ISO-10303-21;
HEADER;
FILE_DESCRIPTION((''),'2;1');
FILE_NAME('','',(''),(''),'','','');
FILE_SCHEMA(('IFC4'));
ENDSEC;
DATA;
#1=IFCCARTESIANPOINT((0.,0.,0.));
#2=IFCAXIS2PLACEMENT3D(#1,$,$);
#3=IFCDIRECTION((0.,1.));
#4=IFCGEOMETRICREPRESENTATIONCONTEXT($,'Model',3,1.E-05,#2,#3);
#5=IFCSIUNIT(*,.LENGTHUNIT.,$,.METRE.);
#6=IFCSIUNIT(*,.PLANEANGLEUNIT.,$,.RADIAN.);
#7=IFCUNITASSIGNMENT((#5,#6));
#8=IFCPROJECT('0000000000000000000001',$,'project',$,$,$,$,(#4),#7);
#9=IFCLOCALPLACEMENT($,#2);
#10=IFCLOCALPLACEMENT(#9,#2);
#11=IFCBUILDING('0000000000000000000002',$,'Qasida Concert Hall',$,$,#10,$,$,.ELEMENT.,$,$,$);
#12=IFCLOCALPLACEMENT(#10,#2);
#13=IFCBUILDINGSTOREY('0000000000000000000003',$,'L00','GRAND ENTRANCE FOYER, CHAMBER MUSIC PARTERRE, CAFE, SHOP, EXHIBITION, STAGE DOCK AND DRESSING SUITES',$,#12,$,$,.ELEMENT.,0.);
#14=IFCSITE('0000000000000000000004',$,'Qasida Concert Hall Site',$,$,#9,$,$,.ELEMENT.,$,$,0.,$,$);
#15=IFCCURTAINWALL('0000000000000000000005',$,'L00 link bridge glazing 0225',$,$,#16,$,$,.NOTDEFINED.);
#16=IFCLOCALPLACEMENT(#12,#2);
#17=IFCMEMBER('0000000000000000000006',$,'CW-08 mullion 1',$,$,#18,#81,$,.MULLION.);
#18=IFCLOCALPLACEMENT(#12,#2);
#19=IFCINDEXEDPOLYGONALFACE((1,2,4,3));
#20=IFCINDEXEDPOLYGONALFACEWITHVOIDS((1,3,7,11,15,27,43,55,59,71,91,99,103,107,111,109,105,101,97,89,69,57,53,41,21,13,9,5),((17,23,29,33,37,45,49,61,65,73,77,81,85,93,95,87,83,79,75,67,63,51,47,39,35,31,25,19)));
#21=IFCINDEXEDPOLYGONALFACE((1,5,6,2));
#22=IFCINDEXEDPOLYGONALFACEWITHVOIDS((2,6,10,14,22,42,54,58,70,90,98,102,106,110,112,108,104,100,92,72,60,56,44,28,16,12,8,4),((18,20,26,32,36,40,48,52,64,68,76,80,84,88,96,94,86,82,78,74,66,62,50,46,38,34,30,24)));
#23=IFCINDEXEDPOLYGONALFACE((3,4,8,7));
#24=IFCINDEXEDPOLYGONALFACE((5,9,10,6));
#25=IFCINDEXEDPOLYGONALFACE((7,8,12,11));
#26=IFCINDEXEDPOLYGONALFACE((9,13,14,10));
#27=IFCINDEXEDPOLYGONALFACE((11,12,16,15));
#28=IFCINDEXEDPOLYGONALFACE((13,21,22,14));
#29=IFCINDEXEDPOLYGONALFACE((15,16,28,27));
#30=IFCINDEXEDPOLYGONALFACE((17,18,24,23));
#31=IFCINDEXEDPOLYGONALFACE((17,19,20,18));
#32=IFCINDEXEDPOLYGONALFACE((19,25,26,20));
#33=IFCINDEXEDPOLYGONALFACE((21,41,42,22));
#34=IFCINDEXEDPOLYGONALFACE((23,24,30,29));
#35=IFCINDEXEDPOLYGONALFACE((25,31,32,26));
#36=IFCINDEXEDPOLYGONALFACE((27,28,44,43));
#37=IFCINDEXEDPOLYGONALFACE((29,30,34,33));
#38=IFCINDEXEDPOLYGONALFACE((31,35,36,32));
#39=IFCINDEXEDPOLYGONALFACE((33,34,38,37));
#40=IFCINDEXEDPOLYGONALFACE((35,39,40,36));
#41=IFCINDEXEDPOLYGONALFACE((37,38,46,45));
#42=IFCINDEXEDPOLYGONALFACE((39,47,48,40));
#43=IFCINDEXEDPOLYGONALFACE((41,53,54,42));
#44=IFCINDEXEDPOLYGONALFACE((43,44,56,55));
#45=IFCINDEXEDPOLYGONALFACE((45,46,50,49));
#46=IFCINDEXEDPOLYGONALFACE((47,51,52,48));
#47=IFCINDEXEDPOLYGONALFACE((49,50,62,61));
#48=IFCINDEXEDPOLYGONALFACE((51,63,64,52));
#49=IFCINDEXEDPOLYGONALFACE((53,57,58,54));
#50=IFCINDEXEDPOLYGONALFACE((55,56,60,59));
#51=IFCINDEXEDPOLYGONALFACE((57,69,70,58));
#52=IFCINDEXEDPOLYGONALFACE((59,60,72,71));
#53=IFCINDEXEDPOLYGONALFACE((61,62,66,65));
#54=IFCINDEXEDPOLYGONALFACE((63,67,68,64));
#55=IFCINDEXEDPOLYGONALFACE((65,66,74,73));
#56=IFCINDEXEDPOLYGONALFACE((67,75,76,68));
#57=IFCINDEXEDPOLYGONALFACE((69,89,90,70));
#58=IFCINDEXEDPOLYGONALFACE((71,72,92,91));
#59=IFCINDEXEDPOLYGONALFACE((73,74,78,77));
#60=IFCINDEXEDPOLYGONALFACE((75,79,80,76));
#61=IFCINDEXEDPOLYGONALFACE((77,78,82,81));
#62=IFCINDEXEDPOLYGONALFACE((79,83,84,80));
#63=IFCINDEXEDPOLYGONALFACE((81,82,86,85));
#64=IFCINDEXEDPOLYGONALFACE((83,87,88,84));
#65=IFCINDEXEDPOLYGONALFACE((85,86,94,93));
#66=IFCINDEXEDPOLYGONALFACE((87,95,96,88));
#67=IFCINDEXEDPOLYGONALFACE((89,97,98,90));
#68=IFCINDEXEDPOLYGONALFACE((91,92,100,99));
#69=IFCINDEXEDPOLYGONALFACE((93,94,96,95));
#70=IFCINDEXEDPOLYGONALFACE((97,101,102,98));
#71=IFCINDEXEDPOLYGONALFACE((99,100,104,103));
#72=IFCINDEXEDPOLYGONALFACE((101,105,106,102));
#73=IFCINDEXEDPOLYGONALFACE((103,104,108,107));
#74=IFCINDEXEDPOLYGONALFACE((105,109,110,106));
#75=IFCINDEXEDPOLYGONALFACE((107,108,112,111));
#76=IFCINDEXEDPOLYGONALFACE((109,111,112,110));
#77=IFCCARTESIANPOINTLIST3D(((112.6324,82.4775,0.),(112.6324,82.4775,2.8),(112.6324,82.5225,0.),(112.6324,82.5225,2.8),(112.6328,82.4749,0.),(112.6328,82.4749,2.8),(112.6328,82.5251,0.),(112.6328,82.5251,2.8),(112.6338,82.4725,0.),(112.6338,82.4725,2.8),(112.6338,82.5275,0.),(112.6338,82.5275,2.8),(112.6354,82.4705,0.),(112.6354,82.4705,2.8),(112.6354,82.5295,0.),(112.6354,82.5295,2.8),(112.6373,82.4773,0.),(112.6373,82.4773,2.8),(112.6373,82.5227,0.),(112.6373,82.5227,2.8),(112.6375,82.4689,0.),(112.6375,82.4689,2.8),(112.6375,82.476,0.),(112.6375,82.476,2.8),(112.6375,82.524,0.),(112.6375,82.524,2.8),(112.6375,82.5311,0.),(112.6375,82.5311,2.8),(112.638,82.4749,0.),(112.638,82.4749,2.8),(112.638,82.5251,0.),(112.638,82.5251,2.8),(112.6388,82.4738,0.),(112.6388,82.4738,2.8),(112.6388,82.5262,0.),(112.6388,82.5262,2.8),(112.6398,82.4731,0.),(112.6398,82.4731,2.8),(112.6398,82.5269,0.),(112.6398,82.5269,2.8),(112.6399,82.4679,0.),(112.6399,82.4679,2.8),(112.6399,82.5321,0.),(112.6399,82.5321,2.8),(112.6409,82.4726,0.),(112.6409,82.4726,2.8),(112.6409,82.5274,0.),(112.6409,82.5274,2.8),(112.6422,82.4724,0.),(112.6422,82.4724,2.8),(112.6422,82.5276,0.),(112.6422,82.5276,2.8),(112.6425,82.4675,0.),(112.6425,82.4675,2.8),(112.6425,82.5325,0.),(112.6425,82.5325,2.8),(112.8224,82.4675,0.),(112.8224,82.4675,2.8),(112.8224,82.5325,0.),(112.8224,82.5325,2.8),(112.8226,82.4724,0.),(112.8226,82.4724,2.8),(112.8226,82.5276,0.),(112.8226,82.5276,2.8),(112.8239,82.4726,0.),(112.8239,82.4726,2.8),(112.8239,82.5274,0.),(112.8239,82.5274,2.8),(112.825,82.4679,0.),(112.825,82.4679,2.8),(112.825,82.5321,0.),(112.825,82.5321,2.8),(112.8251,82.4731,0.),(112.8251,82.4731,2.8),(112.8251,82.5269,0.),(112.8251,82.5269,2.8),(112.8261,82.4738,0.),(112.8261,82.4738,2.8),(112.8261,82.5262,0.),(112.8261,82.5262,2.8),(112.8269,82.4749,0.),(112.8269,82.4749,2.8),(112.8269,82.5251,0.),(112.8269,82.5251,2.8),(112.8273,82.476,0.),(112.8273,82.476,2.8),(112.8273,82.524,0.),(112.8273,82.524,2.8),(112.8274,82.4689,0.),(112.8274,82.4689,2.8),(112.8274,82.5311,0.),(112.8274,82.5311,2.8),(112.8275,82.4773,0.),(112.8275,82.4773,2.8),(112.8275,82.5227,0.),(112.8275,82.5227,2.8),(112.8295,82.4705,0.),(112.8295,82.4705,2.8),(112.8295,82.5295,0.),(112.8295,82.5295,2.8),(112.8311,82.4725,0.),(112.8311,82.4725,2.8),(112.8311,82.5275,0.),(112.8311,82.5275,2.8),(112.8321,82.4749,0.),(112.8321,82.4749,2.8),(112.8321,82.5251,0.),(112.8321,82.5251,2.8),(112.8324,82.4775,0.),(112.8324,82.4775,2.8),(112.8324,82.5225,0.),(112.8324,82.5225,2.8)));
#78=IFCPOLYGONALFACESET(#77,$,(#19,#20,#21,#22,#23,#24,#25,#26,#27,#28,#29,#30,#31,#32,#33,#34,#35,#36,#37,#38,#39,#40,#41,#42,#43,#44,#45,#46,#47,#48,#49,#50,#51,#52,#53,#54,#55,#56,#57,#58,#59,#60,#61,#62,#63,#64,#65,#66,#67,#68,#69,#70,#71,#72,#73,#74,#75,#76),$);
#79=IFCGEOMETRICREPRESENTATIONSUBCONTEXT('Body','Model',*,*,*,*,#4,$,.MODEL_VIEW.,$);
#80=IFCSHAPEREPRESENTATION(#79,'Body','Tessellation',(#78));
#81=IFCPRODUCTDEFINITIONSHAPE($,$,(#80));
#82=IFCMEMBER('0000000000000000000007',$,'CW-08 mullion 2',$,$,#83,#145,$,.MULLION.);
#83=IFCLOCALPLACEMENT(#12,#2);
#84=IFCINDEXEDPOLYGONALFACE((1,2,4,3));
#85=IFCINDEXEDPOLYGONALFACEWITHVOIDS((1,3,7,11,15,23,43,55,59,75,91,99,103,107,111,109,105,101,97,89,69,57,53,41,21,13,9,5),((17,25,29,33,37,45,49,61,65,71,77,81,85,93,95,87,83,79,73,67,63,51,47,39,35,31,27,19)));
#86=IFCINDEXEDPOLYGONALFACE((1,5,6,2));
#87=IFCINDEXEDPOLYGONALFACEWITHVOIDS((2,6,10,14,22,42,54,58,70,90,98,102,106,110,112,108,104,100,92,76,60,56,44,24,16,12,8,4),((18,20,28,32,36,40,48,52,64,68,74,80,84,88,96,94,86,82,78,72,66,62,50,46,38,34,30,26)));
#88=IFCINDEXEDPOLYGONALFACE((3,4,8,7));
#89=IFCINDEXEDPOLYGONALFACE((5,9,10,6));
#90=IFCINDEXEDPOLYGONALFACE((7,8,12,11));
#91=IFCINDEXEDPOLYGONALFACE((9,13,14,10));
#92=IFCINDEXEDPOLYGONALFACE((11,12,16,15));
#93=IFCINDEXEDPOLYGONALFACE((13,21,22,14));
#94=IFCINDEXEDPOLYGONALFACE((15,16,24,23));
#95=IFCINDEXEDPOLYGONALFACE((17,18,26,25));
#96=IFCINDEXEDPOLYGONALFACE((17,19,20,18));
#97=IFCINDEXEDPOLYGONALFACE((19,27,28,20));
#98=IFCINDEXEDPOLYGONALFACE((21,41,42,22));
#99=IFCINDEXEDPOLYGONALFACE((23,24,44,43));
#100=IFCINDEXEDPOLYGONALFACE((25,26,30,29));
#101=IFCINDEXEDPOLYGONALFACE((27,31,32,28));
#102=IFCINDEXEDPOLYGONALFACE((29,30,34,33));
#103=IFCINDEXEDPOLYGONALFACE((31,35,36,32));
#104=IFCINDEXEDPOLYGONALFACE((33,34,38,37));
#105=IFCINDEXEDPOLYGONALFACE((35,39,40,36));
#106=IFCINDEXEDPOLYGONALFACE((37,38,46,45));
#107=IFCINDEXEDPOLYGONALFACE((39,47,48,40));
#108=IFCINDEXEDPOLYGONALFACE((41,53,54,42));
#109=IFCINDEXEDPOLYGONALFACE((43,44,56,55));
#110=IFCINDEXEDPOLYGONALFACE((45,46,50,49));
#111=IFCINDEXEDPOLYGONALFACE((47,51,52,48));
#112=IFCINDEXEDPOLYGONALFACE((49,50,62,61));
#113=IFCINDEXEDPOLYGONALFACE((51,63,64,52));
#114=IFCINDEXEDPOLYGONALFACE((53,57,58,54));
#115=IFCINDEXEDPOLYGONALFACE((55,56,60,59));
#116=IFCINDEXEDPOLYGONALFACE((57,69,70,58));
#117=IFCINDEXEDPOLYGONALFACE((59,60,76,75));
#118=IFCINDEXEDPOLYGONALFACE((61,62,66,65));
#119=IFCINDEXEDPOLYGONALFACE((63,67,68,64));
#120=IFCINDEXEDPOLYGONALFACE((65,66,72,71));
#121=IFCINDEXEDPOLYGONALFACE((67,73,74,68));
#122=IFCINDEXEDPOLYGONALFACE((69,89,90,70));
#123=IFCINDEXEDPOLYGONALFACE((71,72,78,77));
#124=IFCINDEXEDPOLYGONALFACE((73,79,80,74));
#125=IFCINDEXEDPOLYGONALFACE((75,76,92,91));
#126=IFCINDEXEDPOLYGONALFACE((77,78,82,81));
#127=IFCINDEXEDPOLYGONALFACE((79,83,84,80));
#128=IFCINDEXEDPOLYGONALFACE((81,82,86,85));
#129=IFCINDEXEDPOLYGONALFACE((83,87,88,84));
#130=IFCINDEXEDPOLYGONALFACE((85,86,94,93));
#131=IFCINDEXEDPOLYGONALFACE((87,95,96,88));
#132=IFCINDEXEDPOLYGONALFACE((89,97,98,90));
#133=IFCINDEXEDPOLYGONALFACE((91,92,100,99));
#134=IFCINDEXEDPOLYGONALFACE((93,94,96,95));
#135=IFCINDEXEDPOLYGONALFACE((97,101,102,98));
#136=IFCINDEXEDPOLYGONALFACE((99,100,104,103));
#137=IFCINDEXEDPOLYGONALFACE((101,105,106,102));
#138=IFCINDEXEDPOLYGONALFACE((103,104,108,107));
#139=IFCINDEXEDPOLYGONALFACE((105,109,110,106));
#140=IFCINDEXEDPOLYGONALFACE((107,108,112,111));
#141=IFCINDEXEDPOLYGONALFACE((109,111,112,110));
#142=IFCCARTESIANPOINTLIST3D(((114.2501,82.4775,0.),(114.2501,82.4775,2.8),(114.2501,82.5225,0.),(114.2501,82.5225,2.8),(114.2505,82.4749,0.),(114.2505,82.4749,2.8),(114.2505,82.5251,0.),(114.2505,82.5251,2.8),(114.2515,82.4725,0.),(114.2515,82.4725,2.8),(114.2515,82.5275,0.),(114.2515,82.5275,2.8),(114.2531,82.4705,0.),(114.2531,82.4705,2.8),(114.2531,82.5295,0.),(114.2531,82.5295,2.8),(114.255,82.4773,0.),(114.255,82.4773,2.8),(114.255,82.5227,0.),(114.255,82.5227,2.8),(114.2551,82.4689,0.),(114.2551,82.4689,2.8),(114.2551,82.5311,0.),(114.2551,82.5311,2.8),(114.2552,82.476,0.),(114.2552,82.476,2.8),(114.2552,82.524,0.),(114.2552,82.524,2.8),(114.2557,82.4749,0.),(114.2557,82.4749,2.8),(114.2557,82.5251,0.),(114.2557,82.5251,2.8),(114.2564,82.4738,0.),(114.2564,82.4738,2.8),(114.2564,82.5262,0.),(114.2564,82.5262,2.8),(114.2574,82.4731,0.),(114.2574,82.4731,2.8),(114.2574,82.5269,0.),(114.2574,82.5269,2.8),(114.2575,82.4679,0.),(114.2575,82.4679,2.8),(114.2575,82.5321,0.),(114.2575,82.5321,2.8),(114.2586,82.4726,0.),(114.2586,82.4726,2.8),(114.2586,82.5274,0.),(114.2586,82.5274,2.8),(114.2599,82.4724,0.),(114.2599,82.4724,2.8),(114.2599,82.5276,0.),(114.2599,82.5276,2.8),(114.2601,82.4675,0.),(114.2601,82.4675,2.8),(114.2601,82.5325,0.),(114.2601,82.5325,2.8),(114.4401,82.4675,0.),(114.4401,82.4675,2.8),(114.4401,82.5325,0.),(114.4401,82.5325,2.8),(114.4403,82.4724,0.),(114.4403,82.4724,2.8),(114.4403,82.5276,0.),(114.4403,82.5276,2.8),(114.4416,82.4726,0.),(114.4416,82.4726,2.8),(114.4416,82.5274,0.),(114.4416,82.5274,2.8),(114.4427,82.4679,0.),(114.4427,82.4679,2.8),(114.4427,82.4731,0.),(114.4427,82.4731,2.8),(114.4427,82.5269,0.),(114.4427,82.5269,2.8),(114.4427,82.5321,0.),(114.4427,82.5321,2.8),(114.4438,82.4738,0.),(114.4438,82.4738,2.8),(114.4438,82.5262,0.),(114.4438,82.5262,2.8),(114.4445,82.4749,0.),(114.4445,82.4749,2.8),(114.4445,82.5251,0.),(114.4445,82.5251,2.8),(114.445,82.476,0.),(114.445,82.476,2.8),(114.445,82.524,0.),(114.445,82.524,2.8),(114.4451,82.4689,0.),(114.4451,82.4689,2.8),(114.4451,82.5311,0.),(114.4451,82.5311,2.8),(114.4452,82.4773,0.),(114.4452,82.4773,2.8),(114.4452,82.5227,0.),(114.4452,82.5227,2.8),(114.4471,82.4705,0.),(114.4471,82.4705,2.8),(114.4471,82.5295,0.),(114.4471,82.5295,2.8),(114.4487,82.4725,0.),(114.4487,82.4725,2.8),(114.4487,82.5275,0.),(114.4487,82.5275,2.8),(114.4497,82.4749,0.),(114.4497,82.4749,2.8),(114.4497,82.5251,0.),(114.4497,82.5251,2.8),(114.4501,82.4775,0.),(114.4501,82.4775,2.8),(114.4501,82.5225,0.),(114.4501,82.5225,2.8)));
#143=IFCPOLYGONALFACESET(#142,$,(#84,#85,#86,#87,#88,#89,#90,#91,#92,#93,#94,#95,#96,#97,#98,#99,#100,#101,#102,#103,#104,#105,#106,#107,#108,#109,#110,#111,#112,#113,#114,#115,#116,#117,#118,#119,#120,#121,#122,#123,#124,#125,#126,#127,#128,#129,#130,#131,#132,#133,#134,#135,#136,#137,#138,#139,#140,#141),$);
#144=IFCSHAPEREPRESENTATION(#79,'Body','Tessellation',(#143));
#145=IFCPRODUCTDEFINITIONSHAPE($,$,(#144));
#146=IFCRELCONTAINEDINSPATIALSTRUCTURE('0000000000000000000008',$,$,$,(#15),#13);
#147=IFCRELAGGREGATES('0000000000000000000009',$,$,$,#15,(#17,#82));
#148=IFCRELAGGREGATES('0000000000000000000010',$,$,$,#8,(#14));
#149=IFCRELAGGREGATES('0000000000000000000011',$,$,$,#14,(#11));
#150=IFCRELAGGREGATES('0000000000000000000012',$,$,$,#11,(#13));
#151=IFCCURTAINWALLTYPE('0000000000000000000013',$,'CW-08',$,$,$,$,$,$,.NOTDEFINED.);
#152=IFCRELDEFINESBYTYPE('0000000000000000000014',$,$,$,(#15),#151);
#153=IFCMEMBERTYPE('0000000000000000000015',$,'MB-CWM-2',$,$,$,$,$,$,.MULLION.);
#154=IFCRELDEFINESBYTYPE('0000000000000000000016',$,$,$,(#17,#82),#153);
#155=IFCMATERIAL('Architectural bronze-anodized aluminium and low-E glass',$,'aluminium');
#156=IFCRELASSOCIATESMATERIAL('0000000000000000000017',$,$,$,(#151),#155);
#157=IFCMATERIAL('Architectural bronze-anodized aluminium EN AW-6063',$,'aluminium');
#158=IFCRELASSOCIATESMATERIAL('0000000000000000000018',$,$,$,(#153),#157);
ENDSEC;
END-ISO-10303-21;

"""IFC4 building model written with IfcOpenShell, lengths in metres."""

from ifc_helpers import new_model, si_unit, direction, frame, origin, origin_2d, place, context, subcontext, project, spatial, hollow_rectangle, extrude, material, material_profile, profile_set, type_object, element, aggregate, save


model = new_model("IFC4")

# Units and contexts
model_context = context("Model", 3, precision=1e-05, world=origin(), true_north=direction((0.0, 1.0)))
body_context = subcontext(model_context, "Body", "Model", "MODEL_VIEW")
ifc_project = project(units=[si_unit("LENGTHUNIT", "METRE"), si_unit("PLANEANGLEUNIT", "RADIAN")], contexts=[model_context])

# Site, building, storey
site_placement = place(None, origin())
site = spatial("IfcSite", under=ifc_project, at=site_placement, Name="Qasida Concert Hall Site", CompositionType="ELEMENT", RefElevation=0.0)
building_placement = place(site_placement, origin())
building = spatial("IfcBuilding", under=site, at=building_placement, Name="Qasida Concert Hall", CompositionType="ELEMENT")
storey_placement = place(building_placement, origin())
storey = spatial("IfcBuildingStorey", under=building, at=storey_placement, Name="L00", Description="GRAND ENTRANCE FOYER, CHAMBER MUSIC PARTERRE, CAFE, SHOP, EXHIBITION, STAGE DOCK AND DRESSING SUITES", CompositionType="ELEMENT", Elevation=0.0)

# Curtain wall, members
ifc_material_1 = material(Name="Architectural bronze-anodized aluminium and low-E glass", Category="aluminium")
curtain_wall_type = type_object("IfcCurtainWallType", Name="CW-08", PredefinedType="NOTDEFINED", material=ifc_material_1)
ifc_material_2 = material(Name="Architectural bronze-anodized aluminium EN AW-6063", Category="aluminium")
ifc_material_profile_1 = material_profile(ifc_material_2, hollow_rectangle(XDim=0.0649, YDim=0.2, WallThickness=0.0049, InnerFilletRadius=0.0049, OuterFilletRadius=0.01, at=origin_2d()), Name="CWM 200x65x5")
ifc_profile_set_1 = profile_set([ifc_material_profile_1], Name="Architectural bronze-anodized aluminium EN AW-6063")
member_type_1 = type_object("IfcMemberType", Name="MB-CWM-2", PredefinedType="MULLION", material=ifc_profile_set_1)
curtain_wall_1_placement = place(storey_placement, origin())
curtain_wall_1 = element("IfcCurtainWall", 1, at=curtain_wall_1_placement, inside=storey, type_object=curtain_wall_type, Name="L00 link bridge glazing 0225", PredefinedType="NOTDEFINED")
member_1_placement = place(storey_placement, frame((112.7324, 82.5, 0.0), z_axis=(0.0, 0.0, 1.0), x_axis=(0.0, 1.0, 0.0)))
member_1 = element("IfcMember", 2, at=member_1_placement, type_object=member_type_1, Name="CW-08 mullion 1", PredefinedType="MULLION", context=body_context, shape_type="SweptSolid", body=[
    extrude(hollow_rectangle(XDim=0.0649, YDim=0.2, WallThickness=0.0049, InnerFilletRadius=0.0049, OuterFilletRadius=0.01, at=origin_2d()), origin(), (0.0, 0.0, 1.0), 2.8),
])
member_2_placement = place(storey_placement, frame((114.3501, 82.5, 0.0), z_axis=(0.0, 0.0, 1.0), x_axis=(0.0, 1.0, 0.0)))
member_2 = element("IfcMember", 3, at=member_2_placement, type_object=member_type_1, Name="CW-08 mullion 2", PredefinedType="MULLION", context=body_context, shape_type="SweptSolid", body=[
    extrude(hollow_rectangle(XDim=0.0649, YDim=0.2, WallThickness=0.0049, InnerFilletRadius=0.0049, OuterFilletRadius=0.01, at=origin_2d()), origin(), (0.0, 0.0, 1.0), 2.8),
])

aggregate(curtain_wall_1, [member_1, member_2])

save(model, "model.ifc")
